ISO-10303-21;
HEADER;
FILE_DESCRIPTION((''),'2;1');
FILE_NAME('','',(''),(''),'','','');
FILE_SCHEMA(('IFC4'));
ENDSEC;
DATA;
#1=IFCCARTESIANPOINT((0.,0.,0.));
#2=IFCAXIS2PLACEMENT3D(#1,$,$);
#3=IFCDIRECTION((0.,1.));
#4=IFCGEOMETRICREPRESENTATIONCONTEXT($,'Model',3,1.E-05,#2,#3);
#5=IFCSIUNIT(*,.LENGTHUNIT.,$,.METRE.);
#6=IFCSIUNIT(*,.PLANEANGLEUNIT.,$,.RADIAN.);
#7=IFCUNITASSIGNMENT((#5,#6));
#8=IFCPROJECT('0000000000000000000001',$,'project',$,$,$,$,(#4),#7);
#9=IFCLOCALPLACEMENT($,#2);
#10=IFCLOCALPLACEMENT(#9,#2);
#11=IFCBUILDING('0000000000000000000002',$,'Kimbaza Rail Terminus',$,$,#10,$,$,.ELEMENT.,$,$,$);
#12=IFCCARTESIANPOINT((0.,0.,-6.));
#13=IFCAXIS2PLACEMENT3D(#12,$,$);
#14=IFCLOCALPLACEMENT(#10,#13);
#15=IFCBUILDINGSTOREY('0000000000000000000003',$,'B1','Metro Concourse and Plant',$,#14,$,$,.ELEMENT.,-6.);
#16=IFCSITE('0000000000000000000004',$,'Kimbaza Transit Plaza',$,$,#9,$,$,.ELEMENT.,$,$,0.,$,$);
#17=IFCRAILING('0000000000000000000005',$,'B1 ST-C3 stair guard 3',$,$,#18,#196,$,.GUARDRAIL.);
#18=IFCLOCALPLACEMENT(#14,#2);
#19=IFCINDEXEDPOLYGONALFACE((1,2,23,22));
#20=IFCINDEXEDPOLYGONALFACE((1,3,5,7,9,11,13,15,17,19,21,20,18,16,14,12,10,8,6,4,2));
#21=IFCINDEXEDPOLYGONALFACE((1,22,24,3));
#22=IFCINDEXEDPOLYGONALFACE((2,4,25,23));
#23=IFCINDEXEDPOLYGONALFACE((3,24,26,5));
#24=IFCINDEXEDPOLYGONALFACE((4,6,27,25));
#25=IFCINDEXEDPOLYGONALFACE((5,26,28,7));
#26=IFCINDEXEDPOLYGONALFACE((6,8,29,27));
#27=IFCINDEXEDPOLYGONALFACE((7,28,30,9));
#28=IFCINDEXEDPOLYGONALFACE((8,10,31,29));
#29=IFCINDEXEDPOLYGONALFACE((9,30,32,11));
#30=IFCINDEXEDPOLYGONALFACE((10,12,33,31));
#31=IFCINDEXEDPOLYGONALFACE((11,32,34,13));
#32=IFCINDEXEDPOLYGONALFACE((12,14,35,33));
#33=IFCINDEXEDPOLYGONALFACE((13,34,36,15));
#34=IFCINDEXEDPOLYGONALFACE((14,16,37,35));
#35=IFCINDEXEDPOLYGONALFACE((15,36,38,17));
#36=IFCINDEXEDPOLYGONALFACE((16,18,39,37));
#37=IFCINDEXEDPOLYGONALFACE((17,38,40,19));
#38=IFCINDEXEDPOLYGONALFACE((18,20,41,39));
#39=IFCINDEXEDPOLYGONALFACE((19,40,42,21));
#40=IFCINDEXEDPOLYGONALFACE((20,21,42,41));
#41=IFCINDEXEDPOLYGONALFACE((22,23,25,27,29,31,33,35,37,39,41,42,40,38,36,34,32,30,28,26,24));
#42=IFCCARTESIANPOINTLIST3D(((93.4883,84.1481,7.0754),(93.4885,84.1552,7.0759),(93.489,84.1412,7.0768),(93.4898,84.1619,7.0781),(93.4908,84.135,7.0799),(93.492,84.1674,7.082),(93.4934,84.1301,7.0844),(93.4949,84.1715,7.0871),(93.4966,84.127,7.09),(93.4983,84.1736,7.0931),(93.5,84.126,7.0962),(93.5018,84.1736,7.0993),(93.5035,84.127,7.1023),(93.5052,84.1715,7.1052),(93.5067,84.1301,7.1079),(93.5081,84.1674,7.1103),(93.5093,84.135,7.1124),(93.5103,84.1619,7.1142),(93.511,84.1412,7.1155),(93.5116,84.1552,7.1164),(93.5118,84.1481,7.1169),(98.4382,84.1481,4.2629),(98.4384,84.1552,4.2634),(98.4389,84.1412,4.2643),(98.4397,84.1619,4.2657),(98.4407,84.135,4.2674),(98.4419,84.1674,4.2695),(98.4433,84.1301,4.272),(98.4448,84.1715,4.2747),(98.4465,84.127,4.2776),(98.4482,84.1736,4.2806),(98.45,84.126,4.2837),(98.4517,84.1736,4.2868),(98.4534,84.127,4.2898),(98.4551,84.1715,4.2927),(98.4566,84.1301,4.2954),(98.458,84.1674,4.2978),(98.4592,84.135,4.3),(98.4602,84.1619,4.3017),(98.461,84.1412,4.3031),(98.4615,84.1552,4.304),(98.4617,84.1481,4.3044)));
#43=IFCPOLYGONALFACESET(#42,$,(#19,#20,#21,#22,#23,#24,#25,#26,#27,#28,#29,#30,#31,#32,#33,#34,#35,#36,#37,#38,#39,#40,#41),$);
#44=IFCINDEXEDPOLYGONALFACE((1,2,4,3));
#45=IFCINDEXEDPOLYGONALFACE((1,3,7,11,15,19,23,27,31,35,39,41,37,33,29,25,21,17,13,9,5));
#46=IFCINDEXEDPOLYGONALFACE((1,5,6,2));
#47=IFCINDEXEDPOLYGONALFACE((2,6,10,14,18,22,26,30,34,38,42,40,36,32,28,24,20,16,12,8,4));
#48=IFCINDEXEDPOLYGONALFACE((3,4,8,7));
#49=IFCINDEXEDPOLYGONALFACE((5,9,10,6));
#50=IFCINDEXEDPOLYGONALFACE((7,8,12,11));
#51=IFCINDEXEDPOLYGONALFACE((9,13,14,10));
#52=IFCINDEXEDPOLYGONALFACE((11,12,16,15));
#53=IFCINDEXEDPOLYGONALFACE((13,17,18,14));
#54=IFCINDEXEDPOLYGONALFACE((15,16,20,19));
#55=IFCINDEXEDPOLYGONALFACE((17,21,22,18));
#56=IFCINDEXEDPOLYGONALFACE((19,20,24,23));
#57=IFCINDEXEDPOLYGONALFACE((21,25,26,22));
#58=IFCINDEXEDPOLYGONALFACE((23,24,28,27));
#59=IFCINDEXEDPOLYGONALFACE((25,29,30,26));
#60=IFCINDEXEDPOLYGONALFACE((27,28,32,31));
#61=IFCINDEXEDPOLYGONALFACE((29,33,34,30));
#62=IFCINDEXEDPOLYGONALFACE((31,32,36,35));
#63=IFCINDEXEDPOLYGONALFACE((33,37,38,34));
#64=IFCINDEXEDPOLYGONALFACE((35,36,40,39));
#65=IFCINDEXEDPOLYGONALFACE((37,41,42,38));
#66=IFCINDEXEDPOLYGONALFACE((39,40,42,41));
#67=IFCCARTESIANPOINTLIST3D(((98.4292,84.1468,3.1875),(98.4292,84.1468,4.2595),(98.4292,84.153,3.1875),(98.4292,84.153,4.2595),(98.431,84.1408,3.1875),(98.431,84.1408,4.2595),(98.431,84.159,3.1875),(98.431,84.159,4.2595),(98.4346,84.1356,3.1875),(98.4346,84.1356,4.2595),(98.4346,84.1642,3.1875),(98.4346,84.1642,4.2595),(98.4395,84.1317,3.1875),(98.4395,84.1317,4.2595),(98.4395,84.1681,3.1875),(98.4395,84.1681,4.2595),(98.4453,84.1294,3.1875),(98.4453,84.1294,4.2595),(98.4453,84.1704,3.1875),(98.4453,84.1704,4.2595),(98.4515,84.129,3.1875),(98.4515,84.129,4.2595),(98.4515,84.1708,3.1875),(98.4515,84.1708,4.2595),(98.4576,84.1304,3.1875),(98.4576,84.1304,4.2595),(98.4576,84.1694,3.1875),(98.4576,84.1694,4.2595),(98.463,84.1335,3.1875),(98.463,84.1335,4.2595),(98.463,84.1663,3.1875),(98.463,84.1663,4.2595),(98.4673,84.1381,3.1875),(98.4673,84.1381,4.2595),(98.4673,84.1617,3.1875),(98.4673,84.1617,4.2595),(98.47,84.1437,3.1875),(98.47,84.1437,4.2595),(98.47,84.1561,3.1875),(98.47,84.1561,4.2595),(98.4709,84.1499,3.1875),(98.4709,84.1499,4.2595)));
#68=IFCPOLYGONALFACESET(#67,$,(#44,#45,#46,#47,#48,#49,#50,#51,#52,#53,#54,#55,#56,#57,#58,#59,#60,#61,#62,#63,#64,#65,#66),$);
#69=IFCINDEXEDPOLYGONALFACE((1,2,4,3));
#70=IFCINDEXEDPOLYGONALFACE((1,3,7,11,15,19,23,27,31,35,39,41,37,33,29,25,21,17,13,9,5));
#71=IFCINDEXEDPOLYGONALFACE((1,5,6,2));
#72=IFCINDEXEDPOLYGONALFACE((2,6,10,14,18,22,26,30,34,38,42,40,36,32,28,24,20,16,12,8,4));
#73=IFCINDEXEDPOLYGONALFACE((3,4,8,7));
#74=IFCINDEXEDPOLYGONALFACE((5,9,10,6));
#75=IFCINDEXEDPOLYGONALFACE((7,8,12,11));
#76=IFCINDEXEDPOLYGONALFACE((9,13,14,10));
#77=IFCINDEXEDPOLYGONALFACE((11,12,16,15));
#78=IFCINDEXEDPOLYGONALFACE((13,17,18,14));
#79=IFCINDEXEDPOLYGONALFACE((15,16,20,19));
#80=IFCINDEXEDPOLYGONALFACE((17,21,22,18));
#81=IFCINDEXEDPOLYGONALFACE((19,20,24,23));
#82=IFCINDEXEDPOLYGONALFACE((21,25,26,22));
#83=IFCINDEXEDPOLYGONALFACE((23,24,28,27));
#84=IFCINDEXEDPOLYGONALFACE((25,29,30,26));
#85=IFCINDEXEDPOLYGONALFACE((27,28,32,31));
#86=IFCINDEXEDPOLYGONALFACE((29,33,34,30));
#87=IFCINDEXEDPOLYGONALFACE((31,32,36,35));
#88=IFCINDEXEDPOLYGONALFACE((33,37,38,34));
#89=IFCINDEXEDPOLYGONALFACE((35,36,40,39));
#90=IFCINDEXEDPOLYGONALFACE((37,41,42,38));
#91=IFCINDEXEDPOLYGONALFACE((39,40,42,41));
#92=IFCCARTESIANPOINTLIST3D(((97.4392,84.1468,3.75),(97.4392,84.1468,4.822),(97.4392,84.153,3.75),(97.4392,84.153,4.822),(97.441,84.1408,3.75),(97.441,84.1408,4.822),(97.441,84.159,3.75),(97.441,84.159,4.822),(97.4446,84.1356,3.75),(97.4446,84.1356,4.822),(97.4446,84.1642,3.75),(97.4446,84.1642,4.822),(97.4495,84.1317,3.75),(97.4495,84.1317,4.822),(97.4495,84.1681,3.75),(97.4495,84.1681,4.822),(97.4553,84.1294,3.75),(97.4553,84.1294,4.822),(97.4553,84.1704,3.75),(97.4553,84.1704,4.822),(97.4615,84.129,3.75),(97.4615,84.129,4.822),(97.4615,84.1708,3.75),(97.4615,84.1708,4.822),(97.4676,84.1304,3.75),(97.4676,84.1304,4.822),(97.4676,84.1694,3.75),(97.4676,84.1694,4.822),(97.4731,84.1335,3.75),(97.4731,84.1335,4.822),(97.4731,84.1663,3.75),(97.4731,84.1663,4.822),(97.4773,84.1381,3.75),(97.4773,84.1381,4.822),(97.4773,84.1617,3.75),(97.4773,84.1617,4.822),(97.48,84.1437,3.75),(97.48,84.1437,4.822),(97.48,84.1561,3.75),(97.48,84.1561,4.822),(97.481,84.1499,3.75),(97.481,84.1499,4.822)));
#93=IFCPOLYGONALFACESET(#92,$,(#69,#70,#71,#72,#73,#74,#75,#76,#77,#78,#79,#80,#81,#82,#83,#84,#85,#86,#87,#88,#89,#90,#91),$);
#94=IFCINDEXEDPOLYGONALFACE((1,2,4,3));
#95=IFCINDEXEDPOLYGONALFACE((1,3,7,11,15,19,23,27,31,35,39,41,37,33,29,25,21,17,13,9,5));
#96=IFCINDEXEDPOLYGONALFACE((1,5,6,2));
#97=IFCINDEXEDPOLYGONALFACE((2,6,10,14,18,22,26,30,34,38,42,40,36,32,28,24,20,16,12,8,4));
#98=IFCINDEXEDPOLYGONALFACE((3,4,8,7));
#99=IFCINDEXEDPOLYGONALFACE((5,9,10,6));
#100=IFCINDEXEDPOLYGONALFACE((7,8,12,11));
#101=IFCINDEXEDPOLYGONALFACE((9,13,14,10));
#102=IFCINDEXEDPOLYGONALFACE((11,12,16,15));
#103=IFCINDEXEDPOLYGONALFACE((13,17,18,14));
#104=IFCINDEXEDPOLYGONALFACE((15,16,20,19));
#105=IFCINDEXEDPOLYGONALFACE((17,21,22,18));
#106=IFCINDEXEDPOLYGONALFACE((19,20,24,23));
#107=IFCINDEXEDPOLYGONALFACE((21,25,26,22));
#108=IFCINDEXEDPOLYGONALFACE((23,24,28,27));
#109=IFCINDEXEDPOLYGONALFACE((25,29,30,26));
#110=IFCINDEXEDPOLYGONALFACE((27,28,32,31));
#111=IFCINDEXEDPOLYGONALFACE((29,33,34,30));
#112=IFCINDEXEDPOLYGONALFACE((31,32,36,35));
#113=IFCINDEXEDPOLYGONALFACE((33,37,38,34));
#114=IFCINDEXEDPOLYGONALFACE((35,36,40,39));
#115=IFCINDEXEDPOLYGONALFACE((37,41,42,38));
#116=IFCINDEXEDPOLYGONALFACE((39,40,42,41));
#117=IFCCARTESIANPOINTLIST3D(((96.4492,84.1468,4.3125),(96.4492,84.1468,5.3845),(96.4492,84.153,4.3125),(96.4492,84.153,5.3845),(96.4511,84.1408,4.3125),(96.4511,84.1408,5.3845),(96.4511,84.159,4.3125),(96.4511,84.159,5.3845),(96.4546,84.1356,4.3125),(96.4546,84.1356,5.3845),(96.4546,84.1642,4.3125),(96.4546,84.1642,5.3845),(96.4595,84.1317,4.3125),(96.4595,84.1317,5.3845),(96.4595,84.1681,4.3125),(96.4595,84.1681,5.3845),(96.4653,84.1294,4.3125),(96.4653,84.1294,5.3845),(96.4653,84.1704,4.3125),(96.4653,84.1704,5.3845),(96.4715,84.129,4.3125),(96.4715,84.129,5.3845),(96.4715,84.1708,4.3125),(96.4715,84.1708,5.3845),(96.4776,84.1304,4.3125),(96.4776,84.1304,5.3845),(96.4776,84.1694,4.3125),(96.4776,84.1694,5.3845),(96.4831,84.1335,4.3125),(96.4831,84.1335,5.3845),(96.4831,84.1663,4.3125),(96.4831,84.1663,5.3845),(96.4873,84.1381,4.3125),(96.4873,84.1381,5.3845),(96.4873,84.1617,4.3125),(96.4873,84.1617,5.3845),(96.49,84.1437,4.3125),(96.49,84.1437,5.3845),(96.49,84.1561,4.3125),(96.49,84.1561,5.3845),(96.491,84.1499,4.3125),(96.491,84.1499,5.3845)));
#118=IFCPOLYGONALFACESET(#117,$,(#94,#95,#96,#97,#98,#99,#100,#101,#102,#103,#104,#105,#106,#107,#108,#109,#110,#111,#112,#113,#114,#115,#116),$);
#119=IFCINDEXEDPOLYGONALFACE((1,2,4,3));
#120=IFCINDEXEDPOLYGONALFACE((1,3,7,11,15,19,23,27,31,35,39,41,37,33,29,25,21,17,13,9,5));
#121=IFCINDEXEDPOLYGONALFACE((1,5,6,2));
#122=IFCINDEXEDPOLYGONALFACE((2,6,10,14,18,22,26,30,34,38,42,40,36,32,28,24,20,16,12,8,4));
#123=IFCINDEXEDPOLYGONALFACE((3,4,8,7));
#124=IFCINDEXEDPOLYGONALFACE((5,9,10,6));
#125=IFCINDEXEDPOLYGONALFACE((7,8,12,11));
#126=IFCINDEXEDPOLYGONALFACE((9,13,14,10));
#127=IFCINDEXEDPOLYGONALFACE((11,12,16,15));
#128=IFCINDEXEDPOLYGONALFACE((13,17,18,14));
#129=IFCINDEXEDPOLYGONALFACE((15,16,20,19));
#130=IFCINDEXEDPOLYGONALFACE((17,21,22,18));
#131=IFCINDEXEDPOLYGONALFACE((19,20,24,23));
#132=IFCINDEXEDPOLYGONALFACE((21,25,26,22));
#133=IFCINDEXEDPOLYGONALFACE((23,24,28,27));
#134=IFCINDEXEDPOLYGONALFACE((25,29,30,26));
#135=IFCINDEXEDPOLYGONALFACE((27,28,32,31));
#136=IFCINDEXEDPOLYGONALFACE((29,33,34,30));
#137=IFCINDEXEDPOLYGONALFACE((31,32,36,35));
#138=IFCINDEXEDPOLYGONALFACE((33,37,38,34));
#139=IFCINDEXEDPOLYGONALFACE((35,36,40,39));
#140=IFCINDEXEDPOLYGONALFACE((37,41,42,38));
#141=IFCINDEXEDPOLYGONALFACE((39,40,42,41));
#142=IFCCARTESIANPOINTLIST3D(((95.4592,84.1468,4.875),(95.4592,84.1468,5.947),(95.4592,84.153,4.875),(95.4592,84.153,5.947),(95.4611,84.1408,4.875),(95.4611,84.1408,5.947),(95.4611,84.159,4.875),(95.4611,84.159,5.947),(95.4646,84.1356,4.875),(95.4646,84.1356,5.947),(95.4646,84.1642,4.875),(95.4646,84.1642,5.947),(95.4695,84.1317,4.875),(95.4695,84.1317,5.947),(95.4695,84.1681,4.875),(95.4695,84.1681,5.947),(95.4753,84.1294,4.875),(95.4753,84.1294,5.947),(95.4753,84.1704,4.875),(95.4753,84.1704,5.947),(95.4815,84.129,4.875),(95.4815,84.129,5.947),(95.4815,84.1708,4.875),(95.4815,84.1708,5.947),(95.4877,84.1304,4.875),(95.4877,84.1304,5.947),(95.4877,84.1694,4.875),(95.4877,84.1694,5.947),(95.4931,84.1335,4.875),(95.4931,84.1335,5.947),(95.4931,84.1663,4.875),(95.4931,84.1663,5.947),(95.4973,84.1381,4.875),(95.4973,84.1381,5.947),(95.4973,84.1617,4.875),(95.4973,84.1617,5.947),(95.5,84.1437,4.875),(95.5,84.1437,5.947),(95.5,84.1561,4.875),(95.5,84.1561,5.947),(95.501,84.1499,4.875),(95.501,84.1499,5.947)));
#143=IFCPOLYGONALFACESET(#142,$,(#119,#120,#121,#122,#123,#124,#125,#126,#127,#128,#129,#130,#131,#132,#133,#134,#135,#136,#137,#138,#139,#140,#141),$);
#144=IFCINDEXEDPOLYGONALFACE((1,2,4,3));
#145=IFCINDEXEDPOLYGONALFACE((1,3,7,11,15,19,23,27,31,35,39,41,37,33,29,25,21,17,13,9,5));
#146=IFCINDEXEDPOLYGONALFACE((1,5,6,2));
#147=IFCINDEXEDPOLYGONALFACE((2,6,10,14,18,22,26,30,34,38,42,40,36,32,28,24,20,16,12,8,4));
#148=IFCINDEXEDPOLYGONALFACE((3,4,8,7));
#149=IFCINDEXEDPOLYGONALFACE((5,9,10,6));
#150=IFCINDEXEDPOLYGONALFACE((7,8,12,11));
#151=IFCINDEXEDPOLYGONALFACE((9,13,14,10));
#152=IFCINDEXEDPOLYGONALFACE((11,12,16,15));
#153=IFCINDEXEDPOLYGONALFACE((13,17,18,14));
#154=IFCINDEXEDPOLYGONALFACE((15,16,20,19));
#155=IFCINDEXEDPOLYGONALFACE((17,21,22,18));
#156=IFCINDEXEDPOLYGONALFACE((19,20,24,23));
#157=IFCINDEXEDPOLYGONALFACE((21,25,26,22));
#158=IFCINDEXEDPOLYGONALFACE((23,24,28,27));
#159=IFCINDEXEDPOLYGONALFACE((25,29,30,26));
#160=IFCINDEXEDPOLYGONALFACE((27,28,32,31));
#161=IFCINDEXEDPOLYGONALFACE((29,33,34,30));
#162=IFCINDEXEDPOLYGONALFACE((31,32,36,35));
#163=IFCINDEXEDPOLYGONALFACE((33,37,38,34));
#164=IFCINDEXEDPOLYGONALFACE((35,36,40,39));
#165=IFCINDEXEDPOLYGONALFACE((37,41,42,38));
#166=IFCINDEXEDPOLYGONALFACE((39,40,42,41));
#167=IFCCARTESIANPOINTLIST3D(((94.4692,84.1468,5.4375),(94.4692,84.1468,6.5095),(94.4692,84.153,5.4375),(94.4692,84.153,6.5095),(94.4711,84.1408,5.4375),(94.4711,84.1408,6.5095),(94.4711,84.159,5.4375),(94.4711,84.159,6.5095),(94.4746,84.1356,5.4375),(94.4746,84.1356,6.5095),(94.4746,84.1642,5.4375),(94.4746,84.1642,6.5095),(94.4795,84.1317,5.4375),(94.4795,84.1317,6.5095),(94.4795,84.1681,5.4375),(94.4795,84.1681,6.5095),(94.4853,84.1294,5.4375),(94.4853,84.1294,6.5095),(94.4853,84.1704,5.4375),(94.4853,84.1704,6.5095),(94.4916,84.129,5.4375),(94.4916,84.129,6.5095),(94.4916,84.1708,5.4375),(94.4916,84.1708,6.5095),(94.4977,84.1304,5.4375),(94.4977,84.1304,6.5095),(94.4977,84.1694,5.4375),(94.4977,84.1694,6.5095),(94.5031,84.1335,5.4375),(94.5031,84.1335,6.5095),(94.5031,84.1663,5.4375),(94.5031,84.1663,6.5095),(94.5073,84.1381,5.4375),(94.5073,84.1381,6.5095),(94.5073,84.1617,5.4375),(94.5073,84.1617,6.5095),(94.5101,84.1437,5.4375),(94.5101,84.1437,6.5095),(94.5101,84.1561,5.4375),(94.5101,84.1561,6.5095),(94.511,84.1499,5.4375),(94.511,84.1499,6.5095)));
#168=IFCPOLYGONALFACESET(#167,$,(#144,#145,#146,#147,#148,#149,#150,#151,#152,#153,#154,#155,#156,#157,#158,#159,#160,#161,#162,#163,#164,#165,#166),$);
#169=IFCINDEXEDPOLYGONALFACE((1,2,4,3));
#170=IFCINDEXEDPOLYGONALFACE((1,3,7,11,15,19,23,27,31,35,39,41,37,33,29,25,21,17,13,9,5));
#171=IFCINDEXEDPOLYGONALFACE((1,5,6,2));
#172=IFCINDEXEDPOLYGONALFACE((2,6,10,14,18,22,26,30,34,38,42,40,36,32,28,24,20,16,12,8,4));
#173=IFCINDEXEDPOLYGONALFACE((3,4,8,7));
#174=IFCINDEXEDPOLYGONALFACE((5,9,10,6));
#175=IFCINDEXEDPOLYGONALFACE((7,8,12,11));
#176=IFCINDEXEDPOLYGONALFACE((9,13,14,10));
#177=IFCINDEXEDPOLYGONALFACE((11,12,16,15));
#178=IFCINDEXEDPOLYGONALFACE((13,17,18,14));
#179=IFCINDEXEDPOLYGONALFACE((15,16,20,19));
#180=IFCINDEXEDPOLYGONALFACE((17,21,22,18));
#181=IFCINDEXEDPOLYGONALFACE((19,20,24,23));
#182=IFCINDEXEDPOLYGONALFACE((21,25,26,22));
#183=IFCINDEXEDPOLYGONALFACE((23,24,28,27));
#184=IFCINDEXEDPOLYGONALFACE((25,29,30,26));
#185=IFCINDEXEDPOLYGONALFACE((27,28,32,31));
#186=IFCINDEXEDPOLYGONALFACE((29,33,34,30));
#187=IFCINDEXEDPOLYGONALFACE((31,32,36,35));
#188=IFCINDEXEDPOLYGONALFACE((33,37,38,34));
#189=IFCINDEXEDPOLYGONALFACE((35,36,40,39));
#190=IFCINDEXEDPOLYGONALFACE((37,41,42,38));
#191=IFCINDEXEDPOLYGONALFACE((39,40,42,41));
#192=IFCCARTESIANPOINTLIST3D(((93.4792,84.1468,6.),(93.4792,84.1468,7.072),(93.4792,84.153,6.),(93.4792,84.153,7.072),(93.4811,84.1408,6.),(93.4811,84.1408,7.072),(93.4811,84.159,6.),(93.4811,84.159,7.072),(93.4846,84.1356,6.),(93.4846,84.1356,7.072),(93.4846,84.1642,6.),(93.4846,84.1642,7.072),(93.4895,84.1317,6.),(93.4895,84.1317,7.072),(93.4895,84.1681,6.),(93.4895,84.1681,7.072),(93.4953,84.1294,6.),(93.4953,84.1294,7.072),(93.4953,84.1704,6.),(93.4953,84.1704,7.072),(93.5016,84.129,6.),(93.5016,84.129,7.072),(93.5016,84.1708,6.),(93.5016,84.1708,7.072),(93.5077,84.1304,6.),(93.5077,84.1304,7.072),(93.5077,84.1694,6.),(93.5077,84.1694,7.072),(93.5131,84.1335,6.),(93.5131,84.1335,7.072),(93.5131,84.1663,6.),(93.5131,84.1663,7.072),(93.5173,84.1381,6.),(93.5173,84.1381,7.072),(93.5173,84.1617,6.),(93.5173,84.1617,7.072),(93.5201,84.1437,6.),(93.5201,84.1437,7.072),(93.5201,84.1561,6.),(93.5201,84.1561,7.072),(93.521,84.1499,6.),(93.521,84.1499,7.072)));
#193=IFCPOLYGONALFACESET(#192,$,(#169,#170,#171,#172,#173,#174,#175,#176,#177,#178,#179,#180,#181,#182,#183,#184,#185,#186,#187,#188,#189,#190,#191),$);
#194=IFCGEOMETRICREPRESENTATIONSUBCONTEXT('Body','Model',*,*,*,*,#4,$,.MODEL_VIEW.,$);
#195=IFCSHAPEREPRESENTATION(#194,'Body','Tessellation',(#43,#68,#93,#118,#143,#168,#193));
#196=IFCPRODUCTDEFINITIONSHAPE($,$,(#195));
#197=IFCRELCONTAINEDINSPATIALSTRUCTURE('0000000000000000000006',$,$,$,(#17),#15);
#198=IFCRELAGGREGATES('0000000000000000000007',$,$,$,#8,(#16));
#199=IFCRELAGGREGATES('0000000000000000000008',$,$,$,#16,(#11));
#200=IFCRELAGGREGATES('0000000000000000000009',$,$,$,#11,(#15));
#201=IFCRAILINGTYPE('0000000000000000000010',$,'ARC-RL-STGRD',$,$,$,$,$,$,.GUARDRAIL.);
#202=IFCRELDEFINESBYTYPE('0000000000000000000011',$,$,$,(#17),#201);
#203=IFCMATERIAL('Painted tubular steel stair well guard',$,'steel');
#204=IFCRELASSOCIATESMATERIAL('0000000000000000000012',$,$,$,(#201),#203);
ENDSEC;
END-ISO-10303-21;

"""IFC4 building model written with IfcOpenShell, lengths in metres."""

from ifc_helpers import new_model, si_unit, direction, frame, origin, origin_2d, place, context, subcontext, project, spatial, circle, extrude, material, type_object, element, save


model = new_model("IFC4")

# Units and contexts
model_context = context("Model", 3, precision=1e-05, world=origin(), true_north=direction((0.0, 1.0)))
body_context = subcontext(model_context, "Body", "Model", "MODEL_VIEW")
ifc_project = project(units=[si_unit("LENGTHUNIT", "METRE"), si_unit("PLANEANGLEUNIT", "RADIAN")], contexts=[model_context])

# Site, building, storey
site_placement = place(None, origin())
site = spatial("IfcSite", under=ifc_project, at=site_placement, Name="Kimbaza Transit Plaza", CompositionType="ELEMENT", RefElevation=0.0)
building_placement = place(site_placement, origin())
building = spatial("IfcBuilding", under=site, at=building_placement, Name="Kimbaza Rail Terminus", CompositionType="ELEMENT")
storey_placement = place(building_placement, frame((0.0, 0.0, -6.0)))
storey = spatial("IfcBuildingStorey", under=building, at=storey_placement, Name="B1", Description="Metro Concourse and Plant", CompositionType="ELEMENT", Elevation=-6.0)

# Railing
ifc_material_1 = material(Name="Painted tubular steel stair well guard", Category="steel")
railing_type_1 = type_object("IfcRailingType", Name="ARC-RL-STGRD", PredefinedType="GUARDRAIL", material=ifc_material_1)
railing_1_placement = place(storey_placement, frame((98.45, 84.1499, 3.1875)))
element("IfcRailing", 1, at=railing_1_placement, inside=storey, type_object=railing_type_1, Name="B1 ST-C3 stair guard 3", PredefinedType="GUARDRAIL", context=body_context, shape_type="SweptSolid", body=[
    extrude(circle(Radius=0.0239, at=origin_2d()), frame((0.0, 0.0, 1.0962), z_axis=(-0.869454, 0.0, 0.494013), x_axis=(0.0, -1.0, 0.0)), (0.0, 0.0, 1.0), 5.6931),
    extrude(circle(Radius=0.021, at=origin_2d()), origin(), (0.0, 0.0, 1.0), 1.072),
    extrude(circle(Radius=0.021, at=origin_2d()), frame((-0.99, 0.0, 0.5625)), (0.0, 0.0, 1.0), 1.072),
    extrude(circle(Radius=0.021, at=origin_2d()), frame((-1.98, 0.0, 1.125)), (0.0, 0.0, 1.0), 1.072),
    extrude(circle(Radius=0.021, at=origin_2d()), frame((-2.97, 0.0, 1.6875)), (0.0, 0.0, 1.0), 1.072),
    extrude(circle(Radius=0.021, at=origin_2d()), frame((-3.96, 0.0, 2.25)), (0.0, 0.0, 1.0), 1.072),
    extrude(circle(Radius=0.021, at=origin_2d()), frame((-4.95, 0.0, 2.8125)), (0.0, 0.0, 1.0), 1.072),
])

save(model, "model.ifc")
